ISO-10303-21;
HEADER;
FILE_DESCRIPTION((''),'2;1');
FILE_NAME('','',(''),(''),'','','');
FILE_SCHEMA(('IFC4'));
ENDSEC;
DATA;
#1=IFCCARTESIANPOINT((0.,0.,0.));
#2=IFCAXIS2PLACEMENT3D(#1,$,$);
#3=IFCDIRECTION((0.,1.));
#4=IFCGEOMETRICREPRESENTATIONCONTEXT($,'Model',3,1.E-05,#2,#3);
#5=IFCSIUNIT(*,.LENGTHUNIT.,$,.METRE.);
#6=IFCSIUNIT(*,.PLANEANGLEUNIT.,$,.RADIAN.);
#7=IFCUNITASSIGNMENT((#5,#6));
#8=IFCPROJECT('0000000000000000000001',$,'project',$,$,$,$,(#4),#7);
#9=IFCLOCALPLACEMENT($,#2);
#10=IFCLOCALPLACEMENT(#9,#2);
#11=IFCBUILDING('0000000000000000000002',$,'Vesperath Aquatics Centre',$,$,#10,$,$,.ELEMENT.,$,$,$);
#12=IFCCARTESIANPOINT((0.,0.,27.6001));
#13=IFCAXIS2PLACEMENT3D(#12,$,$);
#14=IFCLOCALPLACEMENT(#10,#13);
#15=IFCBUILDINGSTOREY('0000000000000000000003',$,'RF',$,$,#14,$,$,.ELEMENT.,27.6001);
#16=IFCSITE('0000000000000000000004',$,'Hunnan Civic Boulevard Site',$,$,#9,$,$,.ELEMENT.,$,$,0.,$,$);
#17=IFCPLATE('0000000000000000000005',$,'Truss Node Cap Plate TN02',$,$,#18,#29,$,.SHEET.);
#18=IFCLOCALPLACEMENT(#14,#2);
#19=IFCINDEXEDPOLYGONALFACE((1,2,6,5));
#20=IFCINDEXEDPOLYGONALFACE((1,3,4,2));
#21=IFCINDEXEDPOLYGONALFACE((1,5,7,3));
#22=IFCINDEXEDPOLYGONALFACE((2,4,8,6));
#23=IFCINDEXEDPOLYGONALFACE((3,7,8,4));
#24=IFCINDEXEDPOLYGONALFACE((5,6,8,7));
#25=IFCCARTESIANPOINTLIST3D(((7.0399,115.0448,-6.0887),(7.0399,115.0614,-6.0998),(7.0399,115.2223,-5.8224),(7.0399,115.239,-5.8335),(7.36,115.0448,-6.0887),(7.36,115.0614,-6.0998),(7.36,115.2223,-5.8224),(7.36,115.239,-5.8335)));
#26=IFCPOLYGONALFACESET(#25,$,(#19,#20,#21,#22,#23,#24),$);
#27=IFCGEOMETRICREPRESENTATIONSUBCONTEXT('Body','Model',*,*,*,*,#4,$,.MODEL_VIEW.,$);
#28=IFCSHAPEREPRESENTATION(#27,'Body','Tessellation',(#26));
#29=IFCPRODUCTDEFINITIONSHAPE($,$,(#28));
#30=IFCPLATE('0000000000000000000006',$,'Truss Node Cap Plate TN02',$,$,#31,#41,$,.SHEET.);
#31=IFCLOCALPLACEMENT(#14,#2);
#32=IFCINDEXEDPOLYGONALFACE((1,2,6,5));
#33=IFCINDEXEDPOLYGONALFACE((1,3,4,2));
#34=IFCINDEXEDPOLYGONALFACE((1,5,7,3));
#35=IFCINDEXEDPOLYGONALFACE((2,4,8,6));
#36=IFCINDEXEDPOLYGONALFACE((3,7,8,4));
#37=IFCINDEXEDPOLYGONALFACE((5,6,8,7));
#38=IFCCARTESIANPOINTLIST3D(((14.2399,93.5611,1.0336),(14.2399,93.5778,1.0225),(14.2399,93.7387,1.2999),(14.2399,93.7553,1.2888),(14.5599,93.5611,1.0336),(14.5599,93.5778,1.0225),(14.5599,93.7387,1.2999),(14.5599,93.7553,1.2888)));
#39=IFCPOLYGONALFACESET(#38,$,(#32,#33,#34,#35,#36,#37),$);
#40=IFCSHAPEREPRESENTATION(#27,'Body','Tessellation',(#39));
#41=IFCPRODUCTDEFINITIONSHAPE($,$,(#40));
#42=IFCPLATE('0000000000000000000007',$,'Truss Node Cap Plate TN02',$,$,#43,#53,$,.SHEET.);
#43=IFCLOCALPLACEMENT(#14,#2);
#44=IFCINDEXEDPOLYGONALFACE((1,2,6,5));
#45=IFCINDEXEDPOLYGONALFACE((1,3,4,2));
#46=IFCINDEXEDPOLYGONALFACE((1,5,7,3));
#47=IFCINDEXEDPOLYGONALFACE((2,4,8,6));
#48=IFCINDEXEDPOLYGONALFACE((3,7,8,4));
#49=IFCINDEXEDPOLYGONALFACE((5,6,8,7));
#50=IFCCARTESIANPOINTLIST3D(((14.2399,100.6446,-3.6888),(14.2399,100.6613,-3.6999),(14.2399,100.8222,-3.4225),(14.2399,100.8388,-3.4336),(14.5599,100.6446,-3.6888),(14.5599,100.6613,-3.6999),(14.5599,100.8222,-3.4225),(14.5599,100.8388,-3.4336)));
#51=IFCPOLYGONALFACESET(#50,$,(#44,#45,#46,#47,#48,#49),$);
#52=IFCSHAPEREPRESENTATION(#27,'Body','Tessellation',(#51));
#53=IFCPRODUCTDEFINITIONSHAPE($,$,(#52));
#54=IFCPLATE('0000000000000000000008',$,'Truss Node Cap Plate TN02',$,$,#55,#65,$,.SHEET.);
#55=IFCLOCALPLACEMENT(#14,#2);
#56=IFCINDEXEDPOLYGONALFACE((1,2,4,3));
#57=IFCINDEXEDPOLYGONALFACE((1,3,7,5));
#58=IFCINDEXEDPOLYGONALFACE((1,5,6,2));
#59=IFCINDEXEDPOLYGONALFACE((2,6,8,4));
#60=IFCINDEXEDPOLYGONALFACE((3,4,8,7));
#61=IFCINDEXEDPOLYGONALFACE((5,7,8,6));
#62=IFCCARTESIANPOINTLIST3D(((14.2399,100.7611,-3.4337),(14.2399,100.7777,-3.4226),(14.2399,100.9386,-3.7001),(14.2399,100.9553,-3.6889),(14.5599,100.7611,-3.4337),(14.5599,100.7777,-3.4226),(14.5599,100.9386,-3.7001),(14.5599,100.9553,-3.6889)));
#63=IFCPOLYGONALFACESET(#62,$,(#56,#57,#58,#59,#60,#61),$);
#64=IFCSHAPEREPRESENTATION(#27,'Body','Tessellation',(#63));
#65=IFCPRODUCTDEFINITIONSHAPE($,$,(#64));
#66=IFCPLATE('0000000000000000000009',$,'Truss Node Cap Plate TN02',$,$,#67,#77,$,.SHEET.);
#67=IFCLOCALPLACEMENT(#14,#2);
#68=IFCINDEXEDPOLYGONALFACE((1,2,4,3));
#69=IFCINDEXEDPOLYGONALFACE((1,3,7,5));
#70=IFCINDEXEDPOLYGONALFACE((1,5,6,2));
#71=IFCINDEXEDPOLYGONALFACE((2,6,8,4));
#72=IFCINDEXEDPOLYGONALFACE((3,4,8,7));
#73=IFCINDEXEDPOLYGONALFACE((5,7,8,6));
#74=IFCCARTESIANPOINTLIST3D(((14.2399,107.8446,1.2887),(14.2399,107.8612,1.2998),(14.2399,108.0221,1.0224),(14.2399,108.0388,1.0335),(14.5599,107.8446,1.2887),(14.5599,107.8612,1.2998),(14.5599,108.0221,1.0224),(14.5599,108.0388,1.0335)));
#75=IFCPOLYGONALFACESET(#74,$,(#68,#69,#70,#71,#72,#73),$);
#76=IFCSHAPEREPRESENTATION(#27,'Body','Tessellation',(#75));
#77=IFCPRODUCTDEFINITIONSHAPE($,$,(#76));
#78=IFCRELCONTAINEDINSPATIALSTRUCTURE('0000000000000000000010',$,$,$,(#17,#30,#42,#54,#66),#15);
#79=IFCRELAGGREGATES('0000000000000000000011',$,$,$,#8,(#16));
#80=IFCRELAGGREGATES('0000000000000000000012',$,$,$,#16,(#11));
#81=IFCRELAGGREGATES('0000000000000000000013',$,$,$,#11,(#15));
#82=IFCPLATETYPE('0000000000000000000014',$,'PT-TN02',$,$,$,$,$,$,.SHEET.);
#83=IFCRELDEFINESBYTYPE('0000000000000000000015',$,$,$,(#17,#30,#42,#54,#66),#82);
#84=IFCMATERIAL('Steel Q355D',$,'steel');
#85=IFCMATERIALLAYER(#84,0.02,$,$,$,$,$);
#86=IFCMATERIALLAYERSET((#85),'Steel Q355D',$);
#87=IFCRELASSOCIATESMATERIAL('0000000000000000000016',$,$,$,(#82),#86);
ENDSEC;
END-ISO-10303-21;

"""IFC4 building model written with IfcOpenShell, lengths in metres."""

from ifc_helpers import new_model, si_unit, direction, frame, origin, origin_2d, place, context, subcontext, project, spatial, rectangle, extrude, material, layer, layer_set, type_object, element, save


model = new_model("IFC4")

# Units and contexts
model_context = context("Model", 3, precision=1e-05, world=origin(), true_north=direction((0.0, 1.0)))
body_context = subcontext(model_context, "Body", "Model", "MODEL_VIEW")
ifc_project = project(units=[si_unit("LENGTHUNIT", "METRE"), si_unit("PLANEANGLEUNIT", "RADIAN")], contexts=[model_context])

# Site, building, storey
site_placement = place(None, origin())
site = spatial("IfcSite", under=ifc_project, at=site_placement, Name="Hunnan Civic Boulevard Site", CompositionType="ELEMENT", RefElevation=0.0)
building_placement = place(site_placement, origin())
building = spatial("IfcBuilding", under=site, at=building_placement, Name="Vesperath Aquatics Centre", CompositionType="ELEMENT")
storey_placement = place(building_placement, frame((0.0, 0.0, 27.6001)))
storey = spatial("IfcBuildingStorey", under=building, at=storey_placement, Name="RF", CompositionType="ELEMENT", Elevation=27.6001)

# Shared definitions
ifc_material_1 = material(Name="Steel Q355D", Category="steel")

# Plates
ifc_layer = layer(ifc_material_1, 0.02)
ifc_layer_set = layer_set([ifc_layer], Name="Steel Q355D")
plate_type = type_object("IfcPlateType", Name="PT-TN02", PredefinedType="SHEET", material=ifc_layer_set)
for number, where, z_axis, x_axis, name in (
    (1, (7.2, 115.1335, -5.9556), (0.0, 0.83205, -0.5547), (-1.0, 0.0, 0.0), "Truss Node Cap Plate TN02"),
    (2, (14.3999, 93.6499, 1.1667), (0.0, 0.83205, -0.5547), (-1.0, 0.0, 0.0), "Truss Node Cap Plate TN02"),
    (3, (14.3999, 100.7334, -3.5557), (0.0, 0.83205, -0.5547), (-1.0, 0.0, 0.0), "Truss Node Cap Plate TN02"),
    (4, (14.3999, 100.8499, -3.5669), (0.0, 0.83205, 0.5547), (-1.0, 0.0, 0.0), "Truss Node Cap Plate TN02"),
    (5, (14.3999, 107.9333, 1.1555), (0.0, 0.83205, 0.5547), (-1.0, 0.0, 0.0), "Truss Node Cap Plate TN02"),
):
    element("IfcPlate", number, at=place(storey_placement, frame(where, z_axis=z_axis, x_axis=x_axis)), inside=storey, type_object=plate_type, Name=name, PredefinedType="SHEET", context=body_context, shape_type="SweptSolid", body=[
        extrude(rectangle(XDim=0.3201, YDim=0.3201, at=origin_2d()), origin(), (0.0, 0.0, 1.0), 0.02),
    ])

save(model, "model.ifc")
